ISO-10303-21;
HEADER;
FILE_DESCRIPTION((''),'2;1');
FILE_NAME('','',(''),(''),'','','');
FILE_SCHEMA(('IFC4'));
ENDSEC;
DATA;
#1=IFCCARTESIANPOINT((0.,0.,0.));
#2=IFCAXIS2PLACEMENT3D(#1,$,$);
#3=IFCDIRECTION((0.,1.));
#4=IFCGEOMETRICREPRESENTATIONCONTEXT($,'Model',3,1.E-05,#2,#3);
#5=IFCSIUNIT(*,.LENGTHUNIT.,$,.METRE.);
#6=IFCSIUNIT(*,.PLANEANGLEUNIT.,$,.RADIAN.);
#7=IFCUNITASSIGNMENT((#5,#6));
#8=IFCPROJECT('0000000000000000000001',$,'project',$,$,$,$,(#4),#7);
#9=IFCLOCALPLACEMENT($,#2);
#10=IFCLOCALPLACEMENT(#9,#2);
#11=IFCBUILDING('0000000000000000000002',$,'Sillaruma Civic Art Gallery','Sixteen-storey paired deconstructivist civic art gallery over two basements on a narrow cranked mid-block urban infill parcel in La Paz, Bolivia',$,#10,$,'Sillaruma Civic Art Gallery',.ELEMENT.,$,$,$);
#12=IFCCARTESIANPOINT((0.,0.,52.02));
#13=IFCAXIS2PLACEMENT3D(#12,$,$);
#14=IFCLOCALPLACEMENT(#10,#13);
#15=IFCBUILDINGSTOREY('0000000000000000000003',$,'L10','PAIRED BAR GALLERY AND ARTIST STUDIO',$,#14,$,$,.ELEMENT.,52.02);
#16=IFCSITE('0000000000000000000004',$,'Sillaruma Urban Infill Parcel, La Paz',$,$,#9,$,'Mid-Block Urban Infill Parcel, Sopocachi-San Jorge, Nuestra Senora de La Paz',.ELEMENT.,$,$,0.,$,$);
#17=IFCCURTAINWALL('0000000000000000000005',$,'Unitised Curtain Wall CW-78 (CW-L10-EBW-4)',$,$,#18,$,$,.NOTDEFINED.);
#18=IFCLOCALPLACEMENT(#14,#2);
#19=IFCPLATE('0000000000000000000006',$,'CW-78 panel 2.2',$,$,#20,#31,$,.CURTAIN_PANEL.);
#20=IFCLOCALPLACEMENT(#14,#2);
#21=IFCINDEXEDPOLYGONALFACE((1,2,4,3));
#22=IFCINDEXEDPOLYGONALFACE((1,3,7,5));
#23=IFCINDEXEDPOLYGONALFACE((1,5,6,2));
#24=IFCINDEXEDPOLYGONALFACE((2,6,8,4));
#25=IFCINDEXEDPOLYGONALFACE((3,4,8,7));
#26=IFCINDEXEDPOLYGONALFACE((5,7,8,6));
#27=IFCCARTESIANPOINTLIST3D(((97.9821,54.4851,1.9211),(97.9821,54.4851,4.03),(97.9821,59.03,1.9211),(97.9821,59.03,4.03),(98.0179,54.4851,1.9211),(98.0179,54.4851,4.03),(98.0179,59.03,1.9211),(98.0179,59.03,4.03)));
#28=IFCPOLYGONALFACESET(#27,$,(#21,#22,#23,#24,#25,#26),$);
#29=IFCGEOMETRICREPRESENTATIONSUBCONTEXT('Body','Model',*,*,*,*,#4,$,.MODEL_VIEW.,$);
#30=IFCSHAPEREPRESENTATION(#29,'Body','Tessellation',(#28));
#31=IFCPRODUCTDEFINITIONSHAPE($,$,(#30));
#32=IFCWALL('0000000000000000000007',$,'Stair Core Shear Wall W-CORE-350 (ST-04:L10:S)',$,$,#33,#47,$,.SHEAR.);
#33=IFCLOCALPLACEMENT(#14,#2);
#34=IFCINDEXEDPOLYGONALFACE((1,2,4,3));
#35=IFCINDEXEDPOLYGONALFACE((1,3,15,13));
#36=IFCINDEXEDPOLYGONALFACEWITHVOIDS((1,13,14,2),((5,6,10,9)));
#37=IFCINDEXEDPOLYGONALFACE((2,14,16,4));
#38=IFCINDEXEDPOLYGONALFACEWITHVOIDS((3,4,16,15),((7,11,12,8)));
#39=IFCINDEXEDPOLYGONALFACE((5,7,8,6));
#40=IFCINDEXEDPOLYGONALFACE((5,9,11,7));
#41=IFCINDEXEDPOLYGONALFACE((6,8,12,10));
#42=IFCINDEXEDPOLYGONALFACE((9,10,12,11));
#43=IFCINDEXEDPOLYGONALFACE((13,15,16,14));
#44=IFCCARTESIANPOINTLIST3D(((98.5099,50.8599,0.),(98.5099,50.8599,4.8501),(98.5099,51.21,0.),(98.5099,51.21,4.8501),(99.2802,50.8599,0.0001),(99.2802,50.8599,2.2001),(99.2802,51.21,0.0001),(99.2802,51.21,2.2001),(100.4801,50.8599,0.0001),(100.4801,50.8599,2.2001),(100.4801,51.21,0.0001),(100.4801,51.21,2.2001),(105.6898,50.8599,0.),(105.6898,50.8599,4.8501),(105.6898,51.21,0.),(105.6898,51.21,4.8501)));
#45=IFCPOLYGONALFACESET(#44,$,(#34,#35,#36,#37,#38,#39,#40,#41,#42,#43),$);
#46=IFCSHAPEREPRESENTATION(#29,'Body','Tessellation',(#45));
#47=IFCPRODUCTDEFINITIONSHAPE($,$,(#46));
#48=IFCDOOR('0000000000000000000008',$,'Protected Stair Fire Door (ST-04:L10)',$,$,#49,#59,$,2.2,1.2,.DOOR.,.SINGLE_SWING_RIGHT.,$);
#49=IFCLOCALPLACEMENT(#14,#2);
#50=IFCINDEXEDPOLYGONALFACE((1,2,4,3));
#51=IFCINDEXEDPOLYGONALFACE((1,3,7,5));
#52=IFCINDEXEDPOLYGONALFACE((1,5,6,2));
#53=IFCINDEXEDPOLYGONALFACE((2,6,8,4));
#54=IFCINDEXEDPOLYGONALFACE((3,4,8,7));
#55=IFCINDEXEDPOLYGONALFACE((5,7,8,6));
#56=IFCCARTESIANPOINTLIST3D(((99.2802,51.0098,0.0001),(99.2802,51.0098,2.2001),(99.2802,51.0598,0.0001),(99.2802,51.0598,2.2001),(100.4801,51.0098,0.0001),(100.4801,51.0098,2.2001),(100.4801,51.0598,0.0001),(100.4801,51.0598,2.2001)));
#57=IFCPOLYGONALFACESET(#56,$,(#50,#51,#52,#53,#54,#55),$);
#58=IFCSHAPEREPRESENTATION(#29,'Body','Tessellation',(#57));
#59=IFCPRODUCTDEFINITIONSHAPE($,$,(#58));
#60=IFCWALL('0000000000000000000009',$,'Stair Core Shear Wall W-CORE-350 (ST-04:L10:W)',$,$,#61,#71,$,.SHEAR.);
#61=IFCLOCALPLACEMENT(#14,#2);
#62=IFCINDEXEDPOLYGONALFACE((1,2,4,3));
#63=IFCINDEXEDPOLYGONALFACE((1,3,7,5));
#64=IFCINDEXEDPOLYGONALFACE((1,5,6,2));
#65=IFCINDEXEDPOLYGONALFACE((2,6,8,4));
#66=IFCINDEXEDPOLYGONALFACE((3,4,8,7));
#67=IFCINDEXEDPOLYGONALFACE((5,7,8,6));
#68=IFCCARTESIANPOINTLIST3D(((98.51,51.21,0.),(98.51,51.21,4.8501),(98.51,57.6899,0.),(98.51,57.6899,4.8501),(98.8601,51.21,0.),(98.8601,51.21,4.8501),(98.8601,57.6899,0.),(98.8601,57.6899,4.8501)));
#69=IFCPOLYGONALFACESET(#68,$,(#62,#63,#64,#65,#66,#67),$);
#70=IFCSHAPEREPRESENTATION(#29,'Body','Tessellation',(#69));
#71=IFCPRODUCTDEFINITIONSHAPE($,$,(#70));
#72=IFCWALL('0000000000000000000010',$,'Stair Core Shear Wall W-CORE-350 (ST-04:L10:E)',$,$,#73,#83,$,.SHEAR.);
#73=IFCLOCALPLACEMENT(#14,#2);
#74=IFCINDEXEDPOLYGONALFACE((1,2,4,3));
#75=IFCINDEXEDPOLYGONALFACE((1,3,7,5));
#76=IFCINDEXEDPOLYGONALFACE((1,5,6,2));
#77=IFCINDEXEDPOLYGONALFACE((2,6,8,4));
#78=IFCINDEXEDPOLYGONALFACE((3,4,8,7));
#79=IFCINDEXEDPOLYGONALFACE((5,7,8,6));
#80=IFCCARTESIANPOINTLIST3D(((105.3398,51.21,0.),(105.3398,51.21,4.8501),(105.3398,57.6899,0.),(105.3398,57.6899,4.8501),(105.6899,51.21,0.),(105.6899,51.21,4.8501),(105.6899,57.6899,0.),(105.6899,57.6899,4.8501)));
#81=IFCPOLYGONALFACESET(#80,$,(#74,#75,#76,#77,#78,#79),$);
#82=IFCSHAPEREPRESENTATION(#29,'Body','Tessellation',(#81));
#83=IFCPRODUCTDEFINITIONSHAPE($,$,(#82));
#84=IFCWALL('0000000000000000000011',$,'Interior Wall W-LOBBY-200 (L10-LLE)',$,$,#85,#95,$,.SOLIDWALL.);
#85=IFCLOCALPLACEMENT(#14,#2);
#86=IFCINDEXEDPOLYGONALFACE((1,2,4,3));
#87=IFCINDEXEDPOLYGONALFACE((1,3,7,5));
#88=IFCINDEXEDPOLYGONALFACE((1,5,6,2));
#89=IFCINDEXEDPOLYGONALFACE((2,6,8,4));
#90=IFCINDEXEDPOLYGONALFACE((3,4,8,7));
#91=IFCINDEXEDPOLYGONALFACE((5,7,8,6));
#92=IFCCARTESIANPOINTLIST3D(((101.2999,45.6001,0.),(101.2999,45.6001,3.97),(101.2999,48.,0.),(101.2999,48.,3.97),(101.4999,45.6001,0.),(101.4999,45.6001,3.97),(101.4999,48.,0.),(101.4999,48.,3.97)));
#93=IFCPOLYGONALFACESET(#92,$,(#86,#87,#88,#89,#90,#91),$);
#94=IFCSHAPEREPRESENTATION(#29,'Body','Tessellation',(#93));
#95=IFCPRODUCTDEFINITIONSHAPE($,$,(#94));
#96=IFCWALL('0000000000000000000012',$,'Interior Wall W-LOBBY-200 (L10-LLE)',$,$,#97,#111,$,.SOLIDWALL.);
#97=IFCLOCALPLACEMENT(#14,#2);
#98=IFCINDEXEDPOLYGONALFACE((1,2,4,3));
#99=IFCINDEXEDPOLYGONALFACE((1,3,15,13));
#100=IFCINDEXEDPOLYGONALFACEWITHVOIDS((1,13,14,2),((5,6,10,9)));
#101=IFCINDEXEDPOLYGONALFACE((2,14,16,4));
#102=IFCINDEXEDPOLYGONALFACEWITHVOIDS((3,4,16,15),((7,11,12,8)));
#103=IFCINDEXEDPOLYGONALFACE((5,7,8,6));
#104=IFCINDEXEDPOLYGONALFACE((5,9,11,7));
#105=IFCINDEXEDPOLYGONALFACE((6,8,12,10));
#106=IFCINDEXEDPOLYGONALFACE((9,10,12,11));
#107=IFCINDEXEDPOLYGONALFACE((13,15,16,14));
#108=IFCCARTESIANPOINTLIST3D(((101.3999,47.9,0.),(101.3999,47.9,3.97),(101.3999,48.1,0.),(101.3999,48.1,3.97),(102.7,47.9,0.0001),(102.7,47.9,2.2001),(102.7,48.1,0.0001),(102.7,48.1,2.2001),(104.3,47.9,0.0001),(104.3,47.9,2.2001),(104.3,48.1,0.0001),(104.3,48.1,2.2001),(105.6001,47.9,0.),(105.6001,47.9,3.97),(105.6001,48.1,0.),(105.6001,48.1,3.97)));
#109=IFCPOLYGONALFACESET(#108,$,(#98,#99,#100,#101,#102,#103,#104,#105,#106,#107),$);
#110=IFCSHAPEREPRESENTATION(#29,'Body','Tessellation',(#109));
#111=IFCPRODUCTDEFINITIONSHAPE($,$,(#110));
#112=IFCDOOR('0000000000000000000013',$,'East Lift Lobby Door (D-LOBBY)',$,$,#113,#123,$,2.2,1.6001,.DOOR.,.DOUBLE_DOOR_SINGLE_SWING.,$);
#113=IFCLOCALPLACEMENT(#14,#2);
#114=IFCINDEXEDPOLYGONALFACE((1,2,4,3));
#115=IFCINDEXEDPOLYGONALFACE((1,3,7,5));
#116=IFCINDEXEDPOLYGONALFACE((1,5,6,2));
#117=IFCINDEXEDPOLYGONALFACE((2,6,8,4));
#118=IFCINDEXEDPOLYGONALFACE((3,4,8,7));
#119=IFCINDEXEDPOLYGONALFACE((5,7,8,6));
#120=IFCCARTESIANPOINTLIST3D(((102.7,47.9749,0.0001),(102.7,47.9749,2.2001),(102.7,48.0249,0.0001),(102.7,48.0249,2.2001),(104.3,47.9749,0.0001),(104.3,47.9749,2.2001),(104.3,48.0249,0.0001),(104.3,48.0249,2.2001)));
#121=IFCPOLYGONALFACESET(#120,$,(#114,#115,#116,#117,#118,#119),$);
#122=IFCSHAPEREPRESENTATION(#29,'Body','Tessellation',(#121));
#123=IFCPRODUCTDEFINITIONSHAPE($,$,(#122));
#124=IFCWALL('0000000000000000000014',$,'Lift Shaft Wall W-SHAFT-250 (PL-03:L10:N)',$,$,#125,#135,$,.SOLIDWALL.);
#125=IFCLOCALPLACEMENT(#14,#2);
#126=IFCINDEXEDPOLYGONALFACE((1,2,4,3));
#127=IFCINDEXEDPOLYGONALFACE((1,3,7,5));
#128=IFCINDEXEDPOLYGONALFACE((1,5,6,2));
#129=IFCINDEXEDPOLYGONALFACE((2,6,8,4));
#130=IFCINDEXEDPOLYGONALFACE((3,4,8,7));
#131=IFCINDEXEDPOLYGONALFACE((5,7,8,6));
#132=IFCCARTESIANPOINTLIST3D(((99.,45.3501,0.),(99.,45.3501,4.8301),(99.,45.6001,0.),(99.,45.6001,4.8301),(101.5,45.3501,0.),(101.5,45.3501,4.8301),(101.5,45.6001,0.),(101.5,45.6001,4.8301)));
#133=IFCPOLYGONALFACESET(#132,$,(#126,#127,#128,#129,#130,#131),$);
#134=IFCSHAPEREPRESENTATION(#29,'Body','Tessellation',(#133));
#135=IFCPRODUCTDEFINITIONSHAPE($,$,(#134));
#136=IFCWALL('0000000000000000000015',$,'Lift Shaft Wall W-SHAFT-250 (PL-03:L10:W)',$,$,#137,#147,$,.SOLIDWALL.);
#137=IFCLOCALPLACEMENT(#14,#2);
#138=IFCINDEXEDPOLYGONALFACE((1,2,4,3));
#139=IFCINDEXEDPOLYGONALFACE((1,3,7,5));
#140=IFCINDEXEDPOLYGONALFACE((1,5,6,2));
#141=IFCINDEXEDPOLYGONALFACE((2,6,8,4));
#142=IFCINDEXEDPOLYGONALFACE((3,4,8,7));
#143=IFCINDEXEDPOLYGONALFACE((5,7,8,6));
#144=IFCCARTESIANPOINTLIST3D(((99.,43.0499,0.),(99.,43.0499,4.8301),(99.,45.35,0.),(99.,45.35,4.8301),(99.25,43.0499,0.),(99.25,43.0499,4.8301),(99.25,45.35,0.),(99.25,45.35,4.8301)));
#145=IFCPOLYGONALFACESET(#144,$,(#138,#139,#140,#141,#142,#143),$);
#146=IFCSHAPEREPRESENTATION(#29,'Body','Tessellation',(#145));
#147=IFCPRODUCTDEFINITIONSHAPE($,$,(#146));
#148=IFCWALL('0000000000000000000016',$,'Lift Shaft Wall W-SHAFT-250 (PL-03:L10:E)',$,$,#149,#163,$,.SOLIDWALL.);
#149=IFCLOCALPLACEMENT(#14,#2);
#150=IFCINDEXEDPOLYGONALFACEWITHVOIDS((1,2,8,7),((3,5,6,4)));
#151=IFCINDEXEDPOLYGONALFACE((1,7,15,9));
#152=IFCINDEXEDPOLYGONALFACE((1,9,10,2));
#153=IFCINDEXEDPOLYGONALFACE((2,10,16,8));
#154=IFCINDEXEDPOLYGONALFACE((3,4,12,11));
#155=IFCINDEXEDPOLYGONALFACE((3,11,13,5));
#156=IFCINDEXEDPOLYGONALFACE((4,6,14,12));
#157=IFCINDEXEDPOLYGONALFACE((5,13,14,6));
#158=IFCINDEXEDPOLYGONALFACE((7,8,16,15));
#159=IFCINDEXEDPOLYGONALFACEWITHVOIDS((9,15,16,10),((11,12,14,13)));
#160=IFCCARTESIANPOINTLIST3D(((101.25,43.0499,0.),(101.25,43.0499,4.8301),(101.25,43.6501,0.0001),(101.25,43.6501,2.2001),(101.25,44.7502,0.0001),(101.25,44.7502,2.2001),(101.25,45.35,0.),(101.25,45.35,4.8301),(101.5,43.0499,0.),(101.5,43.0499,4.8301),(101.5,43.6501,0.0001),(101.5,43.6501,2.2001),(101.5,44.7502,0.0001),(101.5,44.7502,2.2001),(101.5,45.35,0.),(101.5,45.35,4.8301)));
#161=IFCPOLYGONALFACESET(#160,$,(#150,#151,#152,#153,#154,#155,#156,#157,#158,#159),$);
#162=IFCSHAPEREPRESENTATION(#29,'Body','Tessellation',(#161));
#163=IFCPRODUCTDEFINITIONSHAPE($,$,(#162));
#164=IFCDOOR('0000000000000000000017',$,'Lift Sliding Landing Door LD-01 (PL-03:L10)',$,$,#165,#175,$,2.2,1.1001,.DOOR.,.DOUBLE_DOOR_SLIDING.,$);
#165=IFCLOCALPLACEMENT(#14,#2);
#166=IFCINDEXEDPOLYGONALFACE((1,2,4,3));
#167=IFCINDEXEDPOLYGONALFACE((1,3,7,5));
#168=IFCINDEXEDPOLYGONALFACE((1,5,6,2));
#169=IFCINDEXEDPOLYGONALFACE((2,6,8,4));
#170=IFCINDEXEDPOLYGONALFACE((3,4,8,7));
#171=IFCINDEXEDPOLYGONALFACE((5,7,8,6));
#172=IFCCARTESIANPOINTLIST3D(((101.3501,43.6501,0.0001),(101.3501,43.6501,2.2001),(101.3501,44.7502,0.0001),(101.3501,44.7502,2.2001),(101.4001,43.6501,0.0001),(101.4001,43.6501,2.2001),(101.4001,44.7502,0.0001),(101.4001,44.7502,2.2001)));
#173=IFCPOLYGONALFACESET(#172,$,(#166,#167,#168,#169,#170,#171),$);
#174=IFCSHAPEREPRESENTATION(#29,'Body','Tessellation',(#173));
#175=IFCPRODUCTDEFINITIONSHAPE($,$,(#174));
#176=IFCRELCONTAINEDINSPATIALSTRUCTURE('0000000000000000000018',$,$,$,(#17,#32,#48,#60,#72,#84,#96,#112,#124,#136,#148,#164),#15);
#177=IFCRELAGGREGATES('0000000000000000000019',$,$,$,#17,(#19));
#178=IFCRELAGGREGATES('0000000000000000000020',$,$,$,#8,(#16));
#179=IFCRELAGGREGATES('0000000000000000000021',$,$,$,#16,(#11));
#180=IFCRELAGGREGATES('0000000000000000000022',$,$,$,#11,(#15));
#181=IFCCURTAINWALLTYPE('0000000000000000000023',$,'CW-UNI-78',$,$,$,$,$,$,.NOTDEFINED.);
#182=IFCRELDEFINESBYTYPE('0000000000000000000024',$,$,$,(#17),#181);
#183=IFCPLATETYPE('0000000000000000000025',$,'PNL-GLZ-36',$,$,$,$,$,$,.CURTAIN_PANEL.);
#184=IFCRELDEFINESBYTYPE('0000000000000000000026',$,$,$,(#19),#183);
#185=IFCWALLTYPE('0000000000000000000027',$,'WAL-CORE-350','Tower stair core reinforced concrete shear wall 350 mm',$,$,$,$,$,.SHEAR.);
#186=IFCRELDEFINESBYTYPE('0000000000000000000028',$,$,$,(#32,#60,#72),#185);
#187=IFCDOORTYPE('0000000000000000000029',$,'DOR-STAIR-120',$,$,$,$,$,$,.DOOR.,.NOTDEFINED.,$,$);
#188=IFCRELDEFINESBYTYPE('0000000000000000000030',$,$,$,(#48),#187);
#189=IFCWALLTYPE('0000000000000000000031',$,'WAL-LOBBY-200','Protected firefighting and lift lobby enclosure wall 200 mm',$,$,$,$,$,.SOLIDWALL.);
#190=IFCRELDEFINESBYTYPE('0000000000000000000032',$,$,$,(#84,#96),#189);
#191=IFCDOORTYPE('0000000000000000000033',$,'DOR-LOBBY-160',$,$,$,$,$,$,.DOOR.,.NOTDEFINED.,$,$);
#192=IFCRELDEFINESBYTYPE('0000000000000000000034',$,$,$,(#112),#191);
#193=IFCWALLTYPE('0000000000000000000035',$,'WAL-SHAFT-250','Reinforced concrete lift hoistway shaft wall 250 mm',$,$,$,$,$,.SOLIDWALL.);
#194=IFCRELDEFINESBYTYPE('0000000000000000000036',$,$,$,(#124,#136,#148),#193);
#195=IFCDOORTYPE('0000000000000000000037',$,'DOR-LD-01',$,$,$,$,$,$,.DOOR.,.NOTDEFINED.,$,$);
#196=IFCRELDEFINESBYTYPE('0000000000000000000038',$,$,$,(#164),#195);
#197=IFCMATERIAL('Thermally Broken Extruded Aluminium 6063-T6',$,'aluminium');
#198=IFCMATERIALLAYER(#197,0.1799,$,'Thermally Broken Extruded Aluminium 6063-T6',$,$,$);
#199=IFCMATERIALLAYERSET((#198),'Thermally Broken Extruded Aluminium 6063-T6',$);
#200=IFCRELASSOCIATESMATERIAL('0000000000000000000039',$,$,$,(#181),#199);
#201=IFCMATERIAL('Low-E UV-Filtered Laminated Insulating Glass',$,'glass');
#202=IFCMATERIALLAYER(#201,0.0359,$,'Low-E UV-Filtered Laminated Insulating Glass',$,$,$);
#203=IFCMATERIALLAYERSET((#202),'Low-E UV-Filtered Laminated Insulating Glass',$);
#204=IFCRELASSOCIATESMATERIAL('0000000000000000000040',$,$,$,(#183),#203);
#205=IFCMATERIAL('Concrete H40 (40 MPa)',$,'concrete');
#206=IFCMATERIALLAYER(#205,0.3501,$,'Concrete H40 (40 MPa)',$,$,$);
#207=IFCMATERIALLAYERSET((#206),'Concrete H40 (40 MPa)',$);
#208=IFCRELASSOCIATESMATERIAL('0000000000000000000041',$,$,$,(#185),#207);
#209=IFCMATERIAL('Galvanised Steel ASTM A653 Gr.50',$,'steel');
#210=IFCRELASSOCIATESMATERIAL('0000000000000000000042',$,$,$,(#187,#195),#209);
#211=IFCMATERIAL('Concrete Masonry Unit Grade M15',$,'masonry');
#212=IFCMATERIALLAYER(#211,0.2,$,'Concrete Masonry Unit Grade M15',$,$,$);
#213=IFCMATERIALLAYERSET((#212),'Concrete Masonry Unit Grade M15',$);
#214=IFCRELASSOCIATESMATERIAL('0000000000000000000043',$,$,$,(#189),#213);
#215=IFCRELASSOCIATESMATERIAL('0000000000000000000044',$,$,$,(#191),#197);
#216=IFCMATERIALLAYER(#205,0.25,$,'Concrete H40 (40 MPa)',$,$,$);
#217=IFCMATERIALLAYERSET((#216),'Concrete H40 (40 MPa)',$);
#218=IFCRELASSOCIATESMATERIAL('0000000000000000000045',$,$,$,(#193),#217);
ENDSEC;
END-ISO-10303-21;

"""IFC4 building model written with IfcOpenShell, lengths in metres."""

from ifc_helpers import new_model, si_unit, direction, frame, frame_2d, origin, origin_2d, place, context, subcontext, project, spatial, rectangle, extrude, material, layer, layer_set, type_object, element, fill, aggregate, save


model = new_model("IFC4")

# Units and contexts
model_context = context("Model", 3, precision=1e-05, world=origin(), true_north=direction((0.0, 1.0)))
body_context = subcontext(model_context, "Body", "Model", "MODEL_VIEW")
ifc_project = project(units=[si_unit("LENGTHUNIT", "METRE"), si_unit("PLANEANGLEUNIT", "RADIAN")], contexts=[model_context])

# Site, building, storey
site_placement = place(None, origin())
site = spatial("IfcSite", under=ifc_project, at=site_placement, Name="Sillaruma Urban Infill Parcel, La Paz", LongName="Mid-Block Urban Infill Parcel, Sopocachi-San Jorge, Nuestra Senora de La Paz", CompositionType="ELEMENT", RefElevation=0.0)
building_placement = place(site_placement, origin())
building = spatial("IfcBuilding", under=site, at=building_placement, Name="Sillaruma Civic Art Gallery", Description="Sixteen-storey paired deconstructivist civic art gallery over two basements on a narrow cranked mid-block urban infill parcel in La Paz, Bolivia", LongName="Sillaruma Civic Art Gallery", CompositionType="ELEMENT")
storey_placement = place(building_placement, frame((0.0, 0.0, 52.02)))
storey = spatial("IfcBuildingStorey", under=building, at=storey_placement, Name="L10", Description="PAIRED BAR GALLERY AND ARTIST STUDIO", CompositionType="ELEMENT", Elevation=52.02)

# Shared definitions
ifc_material_1 = material(Name="Concrete H40 (40 MPa)", Category="concrete")

# Curtain wall, plate
ifc_material_2 = material(Name="Thermally Broken Extruded Aluminium 6063-T6", Category="aluminium")
ifc_layer_1 = layer(ifc_material_2, 0.1799, Name="Thermally Broken Extruded Aluminium 6063-T6")
ifc_layer_set_1 = layer_set([ifc_layer_1], Name="Thermally Broken Extruded Aluminium 6063-T6")
curtain_wall_type = type_object("IfcCurtainWallType", Name="CW-UNI-78", PredefinedType="NOTDEFINED", material=ifc_layer_set_1)
curtain_wall_placement = place(storey_placement, origin())
curtain_wall = element("IfcCurtainWall", 1, at=curtain_wall_placement, inside=storey, type_object=curtain_wall_type, Name="Unitised Curtain Wall CW-78 (CW-L10-EBW-4)", PredefinedType="NOTDEFINED")
ifc_material_3 = material(Name="Low-E UV-Filtered Laminated Insulating Glass", Category="glass")
ifc_layer_2 = layer(ifc_material_3, 0.0359, Name="Low-E UV-Filtered Laminated Insulating Glass")
ifc_layer_set_2 = layer_set([ifc_layer_2], Name="Low-E UV-Filtered Laminated Insulating Glass")
plate_type = type_object("IfcPlateType", Name="PNL-GLZ-36", PredefinedType="CURTAIN_PANEL", material=ifc_layer_set_2)
plate_1_placement = place(storey_placement, frame((98.0, 56.7576, 1.9211), z_axis=(0.0, 0.0, 1.0), x_axis=(0.0, 1.0, 0.0)))
plate_1 = element("IfcPlate", 2, at=plate_1_placement, type_object=plate_type, Name="CW-78 panel 2.2", PredefinedType="CURTAIN_PANEL", context=body_context, shape_type="SweptSolid", body=[
    extrude(rectangle(XDim=4.5449, YDim=0.0359, at=origin_2d()), origin(), (0.0, 0.0, 1.0), 2.1089),
])
aggregate(curtain_wall, [plate_1])

# Wall, opening, door
ifc_layer_3 = layer(ifc_material_1, 0.3501, Name="Concrete H40 (40 MPa)")
ifc_layer_set_3 = layer_set([ifc_layer_3], Name="Concrete H40 (40 MPa)")
wall_type_1 = type_object("IfcWallType", Name="WAL-CORE-350", Description="Tower stair core reinforced concrete shear wall 350 mm", PredefinedType="SHEAR", material=ifc_layer_set_3)
wall_1_placement = place(storey_placement, frame((98.51, 51.0349, 0.0), z_axis=(0.0, 0.0, 1.0), x_axis=(1.0, 0.0, 0.0)))
wall_1 = element("IfcWall", 3, at=wall_1_placement, inside=storey, type_object=wall_type_1, Name="Stair Core Shear Wall W-CORE-350 (ST-04:L10:S)", PredefinedType="SHEAR", context=body_context, shape_type="SweptSolid", body=[
    extrude(rectangle(XDim=7.1799, YDim=0.3501, at=frame_2d((3.5898, 0.0))), origin(), (0.0, 0.0, 1.0), 4.8501),
])
opening_1_placement = place(wall_1_placement, frame((0.77, 0.0, 0.0)))
opening_1 = element("IfcOpeningElement", 4, at=opening_1_placement, cuts=wall_1, PredefinedType="OPENING", context=body_context, shape_type="SweptSolid", body=[
    extrude(rectangle(XDim=1.2, YDim=2.2, at=frame_2d((0.6001, 1.1001))), frame((0.0, 0.1851, 0.0), z_axis=(0.0, -1.0, 0.0), x_axis=(1.0, 0.0, 0.0)), (0.0, 0.0, 1.0), 0.3701),
])
ifc_material_4 = material(Name="Galvanised Steel ASTM A653 Gr.50", Category="steel")
door_type_1 = type_object("IfcDoorType", Name="DOR-STAIR-120", OperationType="NOTDEFINED", PredefinedType="DOOR", material=ifc_material_4)
door_1_placement = place(opening_1_placement, origin())
door_1 = element("IfcDoor", 5, at=door_1_placement, inside=storey, type_object=door_type_1, Name="Protected Stair Fire Door (ST-04:L10)", OperationType="SINGLE_SWING_RIGHT", OverallHeight=2.2, OverallWidth=1.2, PredefinedType="DOOR", context=body_context, shape_type="SweptSolid", body=[
    extrude(rectangle(XDim=1.2, YDim=2.2, at=frame_2d((0.6001, 1.1001))), frame((0.0, 0.0249, 0.0), z_axis=(0.0, -1.0, 0.0), x_axis=(1.0, 0.0, 0.0)), (0.0, 0.0, 1.0), 0.05),
])
fill(opening_1, door_1)

# Walls
for number, where, z_axis, x_axis, name in (
    (6, (98.6851, 51.21, 0.0), (0.0, 0.0, 1.0), (0.0, 1.0, 0.0), "Stair Core Shear Wall W-CORE-350 (ST-04:L10:W)"),
    (7, (105.5149, 51.21, 0.0), (0.0, 0.0, 1.0), (0.0, 1.0, 0.0), "Stair Core Shear Wall W-CORE-350 (ST-04:L10:E)"),
):
    element("IfcWall", number, at=place(storey_placement, frame(where, z_axis=z_axis, x_axis=x_axis)), inside=storey, type_object=wall_type_1, Name=name, PredefinedType="SHEAR", context=body_context, shape_type="SweptSolid", body=[
        extrude(rectangle(XDim=6.48, YDim=0.3501, at=frame_2d((3.24, 0.0))), origin(), (0.0, 0.0, 1.0), 4.8501),
    ])
ifc_material_5 = material(Name="Concrete Masonry Unit Grade M15", Category="masonry")
ifc_layer_4 = layer(ifc_material_5, 0.2, Name="Concrete Masonry Unit Grade M15")
ifc_layer_set_4 = layer_set([ifc_layer_4], Name="Concrete Masonry Unit Grade M15")
wall_type_2 = type_object("IfcWallType", Name="WAL-LOBBY-200", Description="Protected firefighting and lift lobby enclosure wall 200 mm", PredefinedType="SOLIDWALL", material=ifc_layer_set_4)
wall_2_placement = place(storey_placement, frame((101.3999, 45.6001, 0.0), z_axis=(0.0, 0.0, 1.0), x_axis=(0.0, 1.0, 0.0)))
element("IfcWall", 8, at=wall_2_placement, inside=storey, type_object=wall_type_2, Name="Interior Wall W-LOBBY-200 (L10-LLE)", PredefinedType="SOLIDWALL", context=body_context, shape_type="SweptSolid", body=[
    extrude(rectangle(XDim=2.3999, YDim=0.2, at=frame_2d((1.2, 0.0))), origin(), (0.0, 0.0, 1.0), 3.97),
])

# Wall, opening, door
wall_3_placement = place(storey_placement, frame((101.3999, 48.0, 0.0), z_axis=(0.0, 0.0, 1.0), x_axis=(1.0, 0.0, 0.0)))
wall_3 = element("IfcWall", 9, at=wall_3_placement, inside=storey, type_object=wall_type_2, Name="Interior Wall W-LOBBY-200 (L10-LLE)", PredefinedType="SOLIDWALL", context=body_context, shape_type="SweptSolid", body=[
    extrude(rectangle(XDim=4.2002, YDim=0.2, at=frame_2d((2.1001, 0.0))), origin(), (0.0, 0.0, 1.0), 3.97),
])
opening_2_placement = place(wall_3_placement, frame((1.3, 0.0, 0.0)))
opening_2 = element("IfcOpeningElement", 10, at=opening_2_placement, cuts=wall_3, PredefinedType="OPENING", context=body_context, shape_type="SweptSolid", body=[
    extrude(rectangle(XDim=1.6001, YDim=2.2, at=frame_2d((0.8, 1.1001))), frame((0.0, 0.1099, 0.0), z_axis=(0.0, -1.0, 0.0), x_axis=(1.0, 0.0, 0.0)), (0.0, 0.0, 1.0), 0.22),
])
door_type_2 = type_object("IfcDoorType", Name="DOR-LOBBY-160", OperationType="NOTDEFINED", PredefinedType="DOOR", material=ifc_material_2)
door_2_placement = place(opening_2_placement, origin())
door_2 = element("IfcDoor", 11, at=door_2_placement, inside=storey, type_object=door_type_2, Name="East Lift Lobby Door (D-LOBBY)", OperationType="DOUBLE_DOOR_SINGLE_SWING", OverallHeight=2.2, OverallWidth=1.6001, PredefinedType="DOOR", context=body_context, shape_type="SweptSolid", body=[
    extrude(rectangle(XDim=1.6001, YDim=2.2, at=frame_2d((0.8, 1.1001))), frame((0.0, 0.0249, 0.0), z_axis=(0.0, -1.0, 0.0), x_axis=(1.0, 0.0, 0.0)), (0.0, 0.0, 1.0), 0.05),
])
fill(opening_2, door_2)

# Walls
ifc_layer_5 = layer(ifc_material_1, 0.25, Name="Concrete H40 (40 MPa)")
ifc_layer_set_5 = layer_set([ifc_layer_5], Name="Concrete H40 (40 MPa)")
wall_type_3 = type_object("IfcWallType", Name="WAL-SHAFT-250", Description="Reinforced concrete lift hoistway shaft wall 250 mm", PredefinedType="SOLIDWALL", material=ifc_layer_set_5)
wall_4_placement = place(storey_placement, frame((99.0, 45.4751, 0.0), z_axis=(0.0, 0.0, 1.0), x_axis=(1.0, 0.0, 0.0)))
element("IfcWall", 12, at=wall_4_placement, inside=storey, type_object=wall_type_3, Name="Lift Shaft Wall W-SHAFT-250 (PL-03:L10:N)", PredefinedType="SOLIDWALL", context=body_context, shape_type="SweptSolid", body=[
    extrude(rectangle(XDim=2.5, YDim=0.25, at=frame_2d((1.25, 0.0))), origin(), (0.0, 0.0, 1.0), 4.8301),
])
wall_5_placement = place(storey_placement, frame((99.125, 43.05, 0.0), z_axis=(0.0, 0.0, 1.0), x_axis=(0.0, 1.0, 0.0)))
element("IfcWall", 13, at=wall_5_placement, inside=storey, type_object=wall_type_3, Name="Lift Shaft Wall W-SHAFT-250 (PL-03:L10:W)", PredefinedType="SOLIDWALL", context=body_context, shape_type="SweptSolid", body=[
    extrude(rectangle(XDim=2.3, YDim=0.25, at=frame_2d((1.1499, 0.0))), origin(), (0.0, 0.0, 1.0), 4.8301),
])

# Wall, opening, door
wall_6_placement = place(storey_placement, frame((101.375, 43.05, 0.0), z_axis=(0.0, 0.0, 1.0), x_axis=(0.0, 1.0, 0.0)))
wall_6 = element("IfcWall", 14, at=wall_6_placement, inside=storey, type_object=wall_type_3, Name="Lift Shaft Wall W-SHAFT-250 (PL-03:L10:E)", PredefinedType="SOLIDWALL", context=body_context, shape_type="SweptSolid", body=[
    extrude(rectangle(XDim=2.3, YDim=0.25, at=frame_2d((1.1499, 0.0))), origin(), (0.0, 0.0, 1.0), 4.8301),
])
opening_3_placement = place(wall_6_placement, frame((0.6001, 0.0, 0.0)))
opening_3 = element("IfcOpeningElement", 15, at=opening_3_placement, cuts=wall_6, PredefinedType="OPENING", context=body_context, shape_type="SweptSolid", body=[
    extrude(rectangle(XDim=1.1001, YDim=2.2, at=frame_2d((0.55, 1.1001))), frame((0.0, 0.135, 0.0), z_axis=(0.0, -1.0, 0.0), x_axis=(1.0, 0.0, 0.0)), (0.0, 0.0, 1.0), 0.27),
])
door_type_3 = type_object("IfcDoorType", Name="DOR-LD-01", OperationType="NOTDEFINED", PredefinedType="DOOR", material=ifc_material_4)
door_3_placement = place(opening_3_placement, origin())
door_3 = element("IfcDoor", 16, at=door_3_placement, inside=storey, type_object=door_type_3, Name="Lift Sliding Landing Door LD-01 (PL-03:L10)", OperationType="DOUBLE_DOOR_SLIDING", OverallHeight=2.2, OverallWidth=1.1001, PredefinedType="DOOR", context=body_context, shape_type="SweptSolid", body=[
    extrude(rectangle(XDim=1.1001, YDim=2.2, at=frame_2d((0.55, 1.1001))), frame((0.0, 0.0249, 0.0), z_axis=(0.0, -1.0, 0.0), x_axis=(1.0, 0.0, 0.0)), (0.0, 0.0, 1.0), 0.05),
])
fill(opening_3, door_3)

save(model, "model.ifc")
